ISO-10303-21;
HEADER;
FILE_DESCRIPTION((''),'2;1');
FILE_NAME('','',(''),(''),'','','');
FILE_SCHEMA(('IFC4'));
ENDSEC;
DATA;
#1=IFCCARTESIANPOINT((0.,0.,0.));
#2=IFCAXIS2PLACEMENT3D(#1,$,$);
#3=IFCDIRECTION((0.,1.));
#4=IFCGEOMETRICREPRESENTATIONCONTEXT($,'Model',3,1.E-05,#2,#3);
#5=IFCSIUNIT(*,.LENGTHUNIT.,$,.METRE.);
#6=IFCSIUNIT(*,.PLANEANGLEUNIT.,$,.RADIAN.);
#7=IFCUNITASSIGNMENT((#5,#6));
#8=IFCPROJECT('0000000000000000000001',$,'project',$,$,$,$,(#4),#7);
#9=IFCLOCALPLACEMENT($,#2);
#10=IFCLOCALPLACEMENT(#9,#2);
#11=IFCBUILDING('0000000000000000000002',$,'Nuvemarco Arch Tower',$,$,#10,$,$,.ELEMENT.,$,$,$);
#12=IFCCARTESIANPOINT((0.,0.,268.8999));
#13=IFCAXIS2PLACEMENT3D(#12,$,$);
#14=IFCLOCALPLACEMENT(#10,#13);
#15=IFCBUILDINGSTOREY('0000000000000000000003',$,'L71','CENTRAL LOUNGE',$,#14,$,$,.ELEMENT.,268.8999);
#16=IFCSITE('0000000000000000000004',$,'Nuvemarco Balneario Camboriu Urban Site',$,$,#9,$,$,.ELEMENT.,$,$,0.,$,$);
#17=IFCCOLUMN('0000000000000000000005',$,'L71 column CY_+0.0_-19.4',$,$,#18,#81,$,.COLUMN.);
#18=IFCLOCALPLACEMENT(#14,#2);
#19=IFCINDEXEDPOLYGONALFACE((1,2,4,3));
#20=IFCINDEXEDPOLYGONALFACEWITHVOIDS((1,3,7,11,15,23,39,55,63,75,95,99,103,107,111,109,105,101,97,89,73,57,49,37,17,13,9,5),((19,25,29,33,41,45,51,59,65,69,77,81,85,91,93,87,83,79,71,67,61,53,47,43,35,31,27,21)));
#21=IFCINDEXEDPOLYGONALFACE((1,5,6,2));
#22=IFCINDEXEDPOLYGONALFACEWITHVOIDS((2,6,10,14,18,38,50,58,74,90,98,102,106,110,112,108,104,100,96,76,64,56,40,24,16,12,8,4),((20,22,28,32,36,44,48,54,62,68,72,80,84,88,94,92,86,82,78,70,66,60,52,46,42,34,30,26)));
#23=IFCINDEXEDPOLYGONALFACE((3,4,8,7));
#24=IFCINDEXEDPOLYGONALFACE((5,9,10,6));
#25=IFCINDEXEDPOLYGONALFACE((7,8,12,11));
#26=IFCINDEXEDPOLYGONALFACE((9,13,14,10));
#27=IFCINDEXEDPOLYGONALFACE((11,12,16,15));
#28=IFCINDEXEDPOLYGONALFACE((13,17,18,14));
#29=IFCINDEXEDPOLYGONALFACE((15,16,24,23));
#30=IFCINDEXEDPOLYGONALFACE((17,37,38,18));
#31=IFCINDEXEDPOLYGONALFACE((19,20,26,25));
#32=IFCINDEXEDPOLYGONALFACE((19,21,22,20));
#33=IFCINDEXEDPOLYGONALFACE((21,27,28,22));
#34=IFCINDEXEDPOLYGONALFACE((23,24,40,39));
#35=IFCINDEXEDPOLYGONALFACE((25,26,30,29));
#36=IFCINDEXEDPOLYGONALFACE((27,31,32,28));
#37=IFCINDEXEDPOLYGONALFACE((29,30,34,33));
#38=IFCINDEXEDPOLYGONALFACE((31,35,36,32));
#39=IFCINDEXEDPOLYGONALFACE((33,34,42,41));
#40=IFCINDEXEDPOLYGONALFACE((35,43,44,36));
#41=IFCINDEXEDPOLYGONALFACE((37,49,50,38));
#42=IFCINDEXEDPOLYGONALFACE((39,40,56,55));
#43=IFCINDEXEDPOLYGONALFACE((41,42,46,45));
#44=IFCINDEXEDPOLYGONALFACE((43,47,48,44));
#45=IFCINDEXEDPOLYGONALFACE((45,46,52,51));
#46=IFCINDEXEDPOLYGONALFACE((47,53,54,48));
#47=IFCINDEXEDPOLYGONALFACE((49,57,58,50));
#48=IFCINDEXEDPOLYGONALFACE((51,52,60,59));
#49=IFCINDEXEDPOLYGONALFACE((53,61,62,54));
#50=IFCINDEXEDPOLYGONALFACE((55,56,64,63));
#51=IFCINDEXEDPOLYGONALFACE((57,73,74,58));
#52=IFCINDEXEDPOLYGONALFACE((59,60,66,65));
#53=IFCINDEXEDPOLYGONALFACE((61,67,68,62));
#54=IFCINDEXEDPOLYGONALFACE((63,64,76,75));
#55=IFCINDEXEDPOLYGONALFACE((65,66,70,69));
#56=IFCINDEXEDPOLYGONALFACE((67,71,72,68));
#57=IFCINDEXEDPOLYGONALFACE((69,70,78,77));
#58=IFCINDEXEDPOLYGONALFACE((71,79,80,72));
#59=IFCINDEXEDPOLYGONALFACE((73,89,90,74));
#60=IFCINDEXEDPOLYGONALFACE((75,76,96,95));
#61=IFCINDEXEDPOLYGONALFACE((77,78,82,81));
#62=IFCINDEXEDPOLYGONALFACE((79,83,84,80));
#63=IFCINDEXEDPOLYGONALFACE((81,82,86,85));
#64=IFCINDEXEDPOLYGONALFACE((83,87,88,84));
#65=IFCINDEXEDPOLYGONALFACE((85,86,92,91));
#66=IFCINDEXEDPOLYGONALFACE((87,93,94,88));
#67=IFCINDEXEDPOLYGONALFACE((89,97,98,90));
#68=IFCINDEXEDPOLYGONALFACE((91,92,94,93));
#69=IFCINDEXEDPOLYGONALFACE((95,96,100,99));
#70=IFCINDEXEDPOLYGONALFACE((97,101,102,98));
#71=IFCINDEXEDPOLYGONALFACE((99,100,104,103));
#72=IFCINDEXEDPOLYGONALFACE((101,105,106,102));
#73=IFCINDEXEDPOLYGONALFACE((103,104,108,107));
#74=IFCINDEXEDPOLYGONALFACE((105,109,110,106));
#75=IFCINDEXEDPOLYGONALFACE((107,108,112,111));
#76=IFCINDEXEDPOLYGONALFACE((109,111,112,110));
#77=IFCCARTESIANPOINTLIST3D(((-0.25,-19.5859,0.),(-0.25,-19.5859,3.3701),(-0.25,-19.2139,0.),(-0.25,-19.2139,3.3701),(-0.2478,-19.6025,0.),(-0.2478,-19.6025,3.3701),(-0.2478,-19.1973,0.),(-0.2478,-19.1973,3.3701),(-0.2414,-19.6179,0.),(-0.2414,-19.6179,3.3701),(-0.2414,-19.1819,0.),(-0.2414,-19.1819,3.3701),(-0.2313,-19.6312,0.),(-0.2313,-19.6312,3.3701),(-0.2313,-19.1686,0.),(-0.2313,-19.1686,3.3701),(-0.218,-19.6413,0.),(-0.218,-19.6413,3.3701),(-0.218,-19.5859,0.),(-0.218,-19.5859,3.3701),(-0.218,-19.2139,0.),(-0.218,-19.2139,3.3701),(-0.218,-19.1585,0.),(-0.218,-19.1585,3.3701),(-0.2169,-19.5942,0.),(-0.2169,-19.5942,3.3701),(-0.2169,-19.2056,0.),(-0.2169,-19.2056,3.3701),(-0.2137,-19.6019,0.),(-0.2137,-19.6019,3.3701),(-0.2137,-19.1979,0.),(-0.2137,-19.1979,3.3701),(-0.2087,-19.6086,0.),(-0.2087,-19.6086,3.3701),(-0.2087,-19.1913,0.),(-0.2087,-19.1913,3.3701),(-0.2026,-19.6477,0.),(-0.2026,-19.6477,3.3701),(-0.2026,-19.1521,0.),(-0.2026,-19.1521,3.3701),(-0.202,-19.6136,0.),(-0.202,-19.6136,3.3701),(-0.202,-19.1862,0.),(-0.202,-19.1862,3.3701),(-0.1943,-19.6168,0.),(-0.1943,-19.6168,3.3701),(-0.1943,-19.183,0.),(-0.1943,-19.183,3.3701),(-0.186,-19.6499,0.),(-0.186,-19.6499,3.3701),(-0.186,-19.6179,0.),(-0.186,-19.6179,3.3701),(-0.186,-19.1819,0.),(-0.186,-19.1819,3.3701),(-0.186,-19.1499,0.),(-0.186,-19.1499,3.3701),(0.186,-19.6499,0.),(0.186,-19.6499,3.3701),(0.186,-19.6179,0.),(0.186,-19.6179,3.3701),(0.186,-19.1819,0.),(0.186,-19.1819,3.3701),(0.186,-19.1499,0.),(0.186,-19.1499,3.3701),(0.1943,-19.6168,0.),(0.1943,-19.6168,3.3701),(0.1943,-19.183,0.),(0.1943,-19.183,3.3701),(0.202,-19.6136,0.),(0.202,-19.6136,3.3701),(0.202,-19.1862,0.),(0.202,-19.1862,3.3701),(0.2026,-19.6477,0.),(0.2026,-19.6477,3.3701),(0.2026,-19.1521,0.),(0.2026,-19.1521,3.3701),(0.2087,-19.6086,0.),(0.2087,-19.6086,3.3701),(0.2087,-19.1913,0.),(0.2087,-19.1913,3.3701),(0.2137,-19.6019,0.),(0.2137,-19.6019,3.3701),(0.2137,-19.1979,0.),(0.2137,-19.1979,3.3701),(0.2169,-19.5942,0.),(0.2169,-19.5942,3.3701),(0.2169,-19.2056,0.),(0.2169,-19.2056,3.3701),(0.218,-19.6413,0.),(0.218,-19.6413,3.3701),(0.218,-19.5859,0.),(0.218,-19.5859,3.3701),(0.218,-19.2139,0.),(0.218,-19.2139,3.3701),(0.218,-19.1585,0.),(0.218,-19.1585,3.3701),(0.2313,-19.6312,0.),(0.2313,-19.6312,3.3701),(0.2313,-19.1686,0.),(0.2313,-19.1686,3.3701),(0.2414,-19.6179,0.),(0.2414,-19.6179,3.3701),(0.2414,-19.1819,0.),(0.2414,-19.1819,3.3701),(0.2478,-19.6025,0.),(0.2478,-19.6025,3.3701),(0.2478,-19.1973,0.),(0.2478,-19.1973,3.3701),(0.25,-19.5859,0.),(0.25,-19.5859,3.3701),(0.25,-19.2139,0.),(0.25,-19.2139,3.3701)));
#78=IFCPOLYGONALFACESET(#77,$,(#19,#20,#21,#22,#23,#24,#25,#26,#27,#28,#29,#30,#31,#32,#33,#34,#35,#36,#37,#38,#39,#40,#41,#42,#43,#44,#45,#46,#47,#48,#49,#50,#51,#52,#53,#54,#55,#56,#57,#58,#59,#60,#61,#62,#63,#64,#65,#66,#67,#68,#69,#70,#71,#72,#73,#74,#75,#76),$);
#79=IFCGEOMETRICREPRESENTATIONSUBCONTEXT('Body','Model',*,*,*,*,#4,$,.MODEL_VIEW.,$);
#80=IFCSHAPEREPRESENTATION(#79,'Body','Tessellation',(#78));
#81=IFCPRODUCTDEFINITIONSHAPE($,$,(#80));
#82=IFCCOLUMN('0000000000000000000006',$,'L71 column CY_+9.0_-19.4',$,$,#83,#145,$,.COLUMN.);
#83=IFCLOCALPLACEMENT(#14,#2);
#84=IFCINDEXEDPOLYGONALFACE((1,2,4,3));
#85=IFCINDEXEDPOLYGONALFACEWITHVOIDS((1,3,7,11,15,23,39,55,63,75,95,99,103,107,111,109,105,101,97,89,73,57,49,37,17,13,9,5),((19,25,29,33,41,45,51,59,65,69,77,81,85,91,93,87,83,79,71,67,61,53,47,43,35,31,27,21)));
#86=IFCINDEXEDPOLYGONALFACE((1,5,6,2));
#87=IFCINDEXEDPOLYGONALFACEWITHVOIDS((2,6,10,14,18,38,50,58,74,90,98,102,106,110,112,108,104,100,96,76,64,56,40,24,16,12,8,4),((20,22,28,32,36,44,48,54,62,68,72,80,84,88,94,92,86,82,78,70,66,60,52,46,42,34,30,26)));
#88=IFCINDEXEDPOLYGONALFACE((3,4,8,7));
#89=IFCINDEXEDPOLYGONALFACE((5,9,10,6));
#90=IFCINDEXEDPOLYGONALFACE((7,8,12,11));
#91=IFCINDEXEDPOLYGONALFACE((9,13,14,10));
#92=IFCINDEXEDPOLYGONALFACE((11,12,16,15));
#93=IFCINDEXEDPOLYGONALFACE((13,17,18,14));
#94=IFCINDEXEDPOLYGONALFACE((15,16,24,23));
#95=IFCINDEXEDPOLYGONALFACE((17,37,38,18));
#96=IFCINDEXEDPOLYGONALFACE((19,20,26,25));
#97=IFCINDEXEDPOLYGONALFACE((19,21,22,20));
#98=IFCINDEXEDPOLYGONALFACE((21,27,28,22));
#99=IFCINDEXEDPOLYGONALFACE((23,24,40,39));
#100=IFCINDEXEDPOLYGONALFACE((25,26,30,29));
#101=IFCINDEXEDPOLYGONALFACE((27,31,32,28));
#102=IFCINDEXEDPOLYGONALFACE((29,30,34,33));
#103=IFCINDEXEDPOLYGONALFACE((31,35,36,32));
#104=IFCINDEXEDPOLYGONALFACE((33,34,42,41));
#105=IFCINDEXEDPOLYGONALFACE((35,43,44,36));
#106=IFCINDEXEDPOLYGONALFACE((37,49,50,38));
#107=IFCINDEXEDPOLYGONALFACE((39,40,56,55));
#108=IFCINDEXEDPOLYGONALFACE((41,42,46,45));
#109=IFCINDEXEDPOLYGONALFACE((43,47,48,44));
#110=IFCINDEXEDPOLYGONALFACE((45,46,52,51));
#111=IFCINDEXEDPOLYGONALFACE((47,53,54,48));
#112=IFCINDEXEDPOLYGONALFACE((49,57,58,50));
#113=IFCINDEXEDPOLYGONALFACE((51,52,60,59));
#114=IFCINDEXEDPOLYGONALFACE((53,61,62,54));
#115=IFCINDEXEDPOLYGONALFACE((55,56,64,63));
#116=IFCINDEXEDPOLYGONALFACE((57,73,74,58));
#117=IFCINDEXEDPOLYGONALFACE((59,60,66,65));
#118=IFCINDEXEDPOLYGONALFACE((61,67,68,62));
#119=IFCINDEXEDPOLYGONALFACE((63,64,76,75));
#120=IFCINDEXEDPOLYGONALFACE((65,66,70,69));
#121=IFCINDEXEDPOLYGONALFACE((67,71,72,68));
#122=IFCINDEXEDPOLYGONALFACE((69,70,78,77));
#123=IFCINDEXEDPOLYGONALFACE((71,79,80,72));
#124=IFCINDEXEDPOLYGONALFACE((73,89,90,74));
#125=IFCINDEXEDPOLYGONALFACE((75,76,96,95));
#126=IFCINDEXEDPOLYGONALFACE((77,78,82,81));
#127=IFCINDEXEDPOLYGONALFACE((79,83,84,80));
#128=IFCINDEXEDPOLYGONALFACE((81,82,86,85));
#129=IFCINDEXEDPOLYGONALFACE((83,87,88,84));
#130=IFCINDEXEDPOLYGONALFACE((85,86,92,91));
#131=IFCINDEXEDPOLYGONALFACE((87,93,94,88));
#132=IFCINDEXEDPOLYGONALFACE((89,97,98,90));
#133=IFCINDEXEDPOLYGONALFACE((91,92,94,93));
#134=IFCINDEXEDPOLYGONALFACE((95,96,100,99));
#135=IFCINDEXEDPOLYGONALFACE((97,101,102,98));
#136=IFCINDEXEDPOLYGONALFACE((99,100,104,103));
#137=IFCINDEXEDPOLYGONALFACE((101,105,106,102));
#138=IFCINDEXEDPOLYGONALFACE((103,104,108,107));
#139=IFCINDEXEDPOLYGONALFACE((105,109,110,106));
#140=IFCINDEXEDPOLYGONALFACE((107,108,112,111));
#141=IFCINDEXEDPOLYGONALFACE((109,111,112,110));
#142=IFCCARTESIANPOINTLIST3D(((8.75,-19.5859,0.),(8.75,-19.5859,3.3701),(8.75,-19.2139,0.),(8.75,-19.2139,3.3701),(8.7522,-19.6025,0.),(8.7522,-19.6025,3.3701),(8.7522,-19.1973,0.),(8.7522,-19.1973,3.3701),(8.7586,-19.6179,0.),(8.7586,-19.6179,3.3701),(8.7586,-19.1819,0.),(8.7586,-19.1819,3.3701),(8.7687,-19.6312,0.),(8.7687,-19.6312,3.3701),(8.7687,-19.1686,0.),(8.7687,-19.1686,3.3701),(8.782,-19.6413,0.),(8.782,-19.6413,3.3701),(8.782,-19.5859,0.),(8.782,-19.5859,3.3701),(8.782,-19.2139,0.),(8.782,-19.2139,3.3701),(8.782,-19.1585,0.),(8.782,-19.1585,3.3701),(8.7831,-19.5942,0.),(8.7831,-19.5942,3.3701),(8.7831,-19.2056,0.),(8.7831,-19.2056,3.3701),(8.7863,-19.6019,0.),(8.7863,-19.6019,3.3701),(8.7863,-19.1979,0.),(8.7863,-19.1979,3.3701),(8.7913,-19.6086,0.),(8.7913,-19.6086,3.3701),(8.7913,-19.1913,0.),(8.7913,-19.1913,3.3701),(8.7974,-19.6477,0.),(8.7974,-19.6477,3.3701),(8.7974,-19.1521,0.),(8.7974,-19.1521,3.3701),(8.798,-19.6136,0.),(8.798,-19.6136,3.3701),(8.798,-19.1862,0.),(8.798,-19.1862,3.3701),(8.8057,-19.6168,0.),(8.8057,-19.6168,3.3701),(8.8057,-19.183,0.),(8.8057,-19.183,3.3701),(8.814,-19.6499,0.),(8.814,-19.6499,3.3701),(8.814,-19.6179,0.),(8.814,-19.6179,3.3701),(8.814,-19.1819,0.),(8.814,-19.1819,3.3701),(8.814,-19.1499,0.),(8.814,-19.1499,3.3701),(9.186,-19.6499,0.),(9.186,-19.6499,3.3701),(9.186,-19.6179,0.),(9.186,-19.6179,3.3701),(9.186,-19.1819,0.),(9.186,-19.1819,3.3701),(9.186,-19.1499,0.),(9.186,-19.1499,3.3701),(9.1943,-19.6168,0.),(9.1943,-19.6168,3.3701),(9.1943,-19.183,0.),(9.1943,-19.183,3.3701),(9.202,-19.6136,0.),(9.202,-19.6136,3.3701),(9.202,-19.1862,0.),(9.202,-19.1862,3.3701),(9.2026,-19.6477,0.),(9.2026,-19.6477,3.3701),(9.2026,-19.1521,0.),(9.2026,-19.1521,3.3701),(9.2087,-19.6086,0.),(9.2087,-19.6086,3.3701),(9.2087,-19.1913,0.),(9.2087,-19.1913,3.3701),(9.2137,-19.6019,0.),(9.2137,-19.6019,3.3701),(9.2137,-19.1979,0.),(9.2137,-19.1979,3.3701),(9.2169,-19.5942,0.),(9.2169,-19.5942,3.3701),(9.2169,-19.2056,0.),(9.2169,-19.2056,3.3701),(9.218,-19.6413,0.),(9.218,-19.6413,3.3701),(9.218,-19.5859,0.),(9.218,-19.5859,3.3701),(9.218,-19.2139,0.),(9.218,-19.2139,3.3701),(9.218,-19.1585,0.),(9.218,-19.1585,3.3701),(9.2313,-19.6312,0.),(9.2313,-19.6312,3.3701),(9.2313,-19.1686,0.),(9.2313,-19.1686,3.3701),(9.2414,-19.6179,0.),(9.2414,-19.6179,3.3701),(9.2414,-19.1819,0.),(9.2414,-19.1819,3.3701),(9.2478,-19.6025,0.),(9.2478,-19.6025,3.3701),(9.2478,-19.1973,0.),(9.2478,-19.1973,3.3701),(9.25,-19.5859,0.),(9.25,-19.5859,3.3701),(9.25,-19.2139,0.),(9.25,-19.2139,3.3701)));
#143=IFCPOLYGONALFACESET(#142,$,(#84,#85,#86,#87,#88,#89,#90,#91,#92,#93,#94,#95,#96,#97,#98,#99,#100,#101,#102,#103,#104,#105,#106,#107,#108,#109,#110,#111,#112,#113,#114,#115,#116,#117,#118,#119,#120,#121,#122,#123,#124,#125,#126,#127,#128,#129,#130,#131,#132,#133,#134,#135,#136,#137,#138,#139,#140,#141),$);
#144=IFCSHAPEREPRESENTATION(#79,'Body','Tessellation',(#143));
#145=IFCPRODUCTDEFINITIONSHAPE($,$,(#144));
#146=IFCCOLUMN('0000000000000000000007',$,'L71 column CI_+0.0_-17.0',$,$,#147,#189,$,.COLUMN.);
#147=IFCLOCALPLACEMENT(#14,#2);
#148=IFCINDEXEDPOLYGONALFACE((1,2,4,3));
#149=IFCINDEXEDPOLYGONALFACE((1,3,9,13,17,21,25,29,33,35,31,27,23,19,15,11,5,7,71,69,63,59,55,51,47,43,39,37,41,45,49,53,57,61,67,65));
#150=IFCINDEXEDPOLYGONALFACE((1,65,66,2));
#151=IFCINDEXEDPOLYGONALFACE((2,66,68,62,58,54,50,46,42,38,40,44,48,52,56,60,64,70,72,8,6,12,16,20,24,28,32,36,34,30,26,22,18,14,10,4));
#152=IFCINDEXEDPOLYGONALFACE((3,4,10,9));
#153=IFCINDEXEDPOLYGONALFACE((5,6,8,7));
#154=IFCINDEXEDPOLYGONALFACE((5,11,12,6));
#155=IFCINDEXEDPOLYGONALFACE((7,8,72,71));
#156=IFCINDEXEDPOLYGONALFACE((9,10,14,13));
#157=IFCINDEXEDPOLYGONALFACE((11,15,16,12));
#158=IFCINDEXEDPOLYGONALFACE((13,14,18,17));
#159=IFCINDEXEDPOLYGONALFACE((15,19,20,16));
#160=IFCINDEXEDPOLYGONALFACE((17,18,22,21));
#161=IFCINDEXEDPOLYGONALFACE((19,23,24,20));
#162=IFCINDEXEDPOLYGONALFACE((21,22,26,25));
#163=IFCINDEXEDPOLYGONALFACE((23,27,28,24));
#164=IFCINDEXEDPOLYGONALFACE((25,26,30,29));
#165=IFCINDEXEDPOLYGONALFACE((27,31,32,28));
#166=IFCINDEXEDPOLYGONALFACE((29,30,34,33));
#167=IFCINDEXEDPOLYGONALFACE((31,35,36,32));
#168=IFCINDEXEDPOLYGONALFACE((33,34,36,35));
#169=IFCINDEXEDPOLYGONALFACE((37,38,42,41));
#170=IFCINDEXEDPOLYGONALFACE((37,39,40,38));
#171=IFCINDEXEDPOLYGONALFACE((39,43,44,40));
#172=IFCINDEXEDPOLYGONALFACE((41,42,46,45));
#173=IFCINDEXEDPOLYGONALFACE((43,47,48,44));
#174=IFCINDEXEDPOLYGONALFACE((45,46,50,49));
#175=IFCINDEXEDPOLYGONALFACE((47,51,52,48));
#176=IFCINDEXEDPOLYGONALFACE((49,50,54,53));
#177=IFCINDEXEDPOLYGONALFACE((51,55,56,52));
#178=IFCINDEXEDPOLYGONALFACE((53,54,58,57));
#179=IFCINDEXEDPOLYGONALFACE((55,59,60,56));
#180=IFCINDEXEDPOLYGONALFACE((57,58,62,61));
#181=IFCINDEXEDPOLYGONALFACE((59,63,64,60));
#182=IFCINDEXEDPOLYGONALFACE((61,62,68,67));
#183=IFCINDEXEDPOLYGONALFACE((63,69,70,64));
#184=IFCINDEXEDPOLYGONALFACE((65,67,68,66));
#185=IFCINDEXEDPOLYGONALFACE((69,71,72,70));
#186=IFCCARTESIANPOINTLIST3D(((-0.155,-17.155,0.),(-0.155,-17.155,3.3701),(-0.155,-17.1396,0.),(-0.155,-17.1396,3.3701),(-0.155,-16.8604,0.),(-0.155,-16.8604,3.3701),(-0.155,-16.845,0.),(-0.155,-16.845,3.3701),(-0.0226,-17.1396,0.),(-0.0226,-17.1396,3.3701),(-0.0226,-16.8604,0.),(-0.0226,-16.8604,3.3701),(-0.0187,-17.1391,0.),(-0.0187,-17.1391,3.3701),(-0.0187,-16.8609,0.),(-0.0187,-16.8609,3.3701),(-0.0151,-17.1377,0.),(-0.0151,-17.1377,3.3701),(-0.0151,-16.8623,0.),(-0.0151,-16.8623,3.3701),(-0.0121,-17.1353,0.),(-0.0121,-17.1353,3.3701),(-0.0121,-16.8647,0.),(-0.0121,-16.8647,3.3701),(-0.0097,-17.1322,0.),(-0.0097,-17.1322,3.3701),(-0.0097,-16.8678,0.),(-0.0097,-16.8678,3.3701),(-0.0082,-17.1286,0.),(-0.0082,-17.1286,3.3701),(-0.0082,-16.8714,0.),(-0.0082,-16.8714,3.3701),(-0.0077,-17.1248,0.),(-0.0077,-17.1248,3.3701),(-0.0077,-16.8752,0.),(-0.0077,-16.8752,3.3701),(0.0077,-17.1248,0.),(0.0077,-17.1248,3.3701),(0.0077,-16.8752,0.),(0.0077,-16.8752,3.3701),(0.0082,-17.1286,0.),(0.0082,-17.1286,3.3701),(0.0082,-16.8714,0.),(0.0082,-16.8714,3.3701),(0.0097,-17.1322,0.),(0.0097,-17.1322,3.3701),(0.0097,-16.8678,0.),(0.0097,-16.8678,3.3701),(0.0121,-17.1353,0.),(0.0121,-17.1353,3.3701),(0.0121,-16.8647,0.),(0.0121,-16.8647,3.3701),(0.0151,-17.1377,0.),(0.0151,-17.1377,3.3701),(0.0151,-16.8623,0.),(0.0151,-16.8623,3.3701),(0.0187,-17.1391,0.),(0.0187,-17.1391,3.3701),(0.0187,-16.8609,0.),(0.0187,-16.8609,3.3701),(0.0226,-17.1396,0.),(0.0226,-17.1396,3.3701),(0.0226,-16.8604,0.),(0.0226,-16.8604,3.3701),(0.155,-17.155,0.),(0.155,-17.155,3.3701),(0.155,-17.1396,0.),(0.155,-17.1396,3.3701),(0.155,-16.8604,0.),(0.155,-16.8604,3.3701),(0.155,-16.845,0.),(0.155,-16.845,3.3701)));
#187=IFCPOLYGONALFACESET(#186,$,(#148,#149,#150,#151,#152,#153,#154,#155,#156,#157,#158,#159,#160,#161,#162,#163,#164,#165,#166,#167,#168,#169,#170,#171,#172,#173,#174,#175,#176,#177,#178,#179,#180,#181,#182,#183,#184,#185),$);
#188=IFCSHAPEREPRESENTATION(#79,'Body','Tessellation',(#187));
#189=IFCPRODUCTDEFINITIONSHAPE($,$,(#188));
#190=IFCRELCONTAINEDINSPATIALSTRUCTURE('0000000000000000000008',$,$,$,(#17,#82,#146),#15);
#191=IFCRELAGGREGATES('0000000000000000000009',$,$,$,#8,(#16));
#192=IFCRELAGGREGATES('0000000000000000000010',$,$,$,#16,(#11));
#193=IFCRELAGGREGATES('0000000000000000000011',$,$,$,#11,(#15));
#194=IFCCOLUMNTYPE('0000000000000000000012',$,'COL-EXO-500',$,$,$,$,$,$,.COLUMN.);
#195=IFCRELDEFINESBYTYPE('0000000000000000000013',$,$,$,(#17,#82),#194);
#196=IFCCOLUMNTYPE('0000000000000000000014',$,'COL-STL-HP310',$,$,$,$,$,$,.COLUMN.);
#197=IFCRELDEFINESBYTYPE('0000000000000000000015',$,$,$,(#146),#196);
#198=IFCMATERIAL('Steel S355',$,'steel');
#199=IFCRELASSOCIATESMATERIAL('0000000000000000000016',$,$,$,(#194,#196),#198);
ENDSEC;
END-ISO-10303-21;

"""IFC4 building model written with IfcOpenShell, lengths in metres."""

from ifc_helpers import new_model, si_unit, direction, frame, origin, origin_2d, place, context, subcontext, project, spatial, hollow_rectangle, i_section, extrude, material, material_profile, profile_set, type_object, element, save


model = new_model("IFC4")

# Units and contexts
model_context = context("Model", 3, precision=1e-05, world=origin(), true_north=direction((0.0, 1.0)))
body_context = subcontext(model_context, "Body", "Model", "MODEL_VIEW")
ifc_project = project(units=[si_unit("LENGTHUNIT", "METRE"), si_unit("PLANEANGLEUNIT", "RADIAN")], contexts=[model_context])

# Site, building, storey
site_placement = place(None, origin())
site = spatial("IfcSite", under=ifc_project, at=site_placement, Name="Nuvemarco Balneario Camboriu Urban Site", CompositionType="ELEMENT", RefElevation=0.0)
building_placement = place(site_placement, origin())
building = spatial("IfcBuilding", under=site, at=building_placement, Name="Nuvemarco Arch Tower", CompositionType="ELEMENT")
storey_placement = place(building_placement, frame((0.0, 0.0, 268.8999)))
storey = spatial("IfcBuildingStorey", under=building, at=storey_placement, Name="L71", Description="CENTRAL LOUNGE", CompositionType="ELEMENT", Elevation=268.8999)

# Columns
ifc_material_1 = material(Name="Steel S355", Category="steel")
ifc_material_profile_1 = material_profile(ifc_material_1, hollow_rectangle(XDim=0.5, YDim=0.5, WallThickness=0.032, InnerFilletRadius=0.032, OuterFilletRadius=0.064, at=origin_2d()), Name="SHS500x500x32")
ifc_profile_set_1 = profile_set([ifc_material_profile_1], Name="Steel S355")
column_type_1 = type_object("IfcColumnType", Name="COL-EXO-500", PredefinedType="COLUMN", material=ifc_profile_set_1)
for number, where, z_axis, x_axis, name in (
    (1, (0.0, -19.3999, 0.0), (0.0, 0.0, 1.0), (1.0, 0.0, 0.0), "L71 column CY_+0.0_-19.4"),
    (2, (9.0, -19.3999, 0.0), (0.0, 0.0, 1.0), (1.0, 0.0, 0.0), "L71 column CY_+9.0_-19.4"),
):
    element("IfcColumn", number, at=place(storey_placement, frame(where, z_axis=z_axis, x_axis=x_axis)), inside=storey, type_object=column_type_1, Name=name, PredefinedType="COLUMN", context=body_context, shape_type="SweptSolid", body=[
        extrude(hollow_rectangle(XDim=0.5, YDim=0.5, WallThickness=0.032, InnerFilletRadius=0.032, OuterFilletRadius=0.064, at=origin_2d()), origin(), (0.0, 0.0, 1.0), 3.3701),
    ])
ifc_material_profile_2 = material_profile(ifc_material_1, i_section(OverallWidth=0.3101, OverallDepth=0.3101, WebThickness=0.0154, FlangeThickness=0.0154, FilletRadius=0.0149, at=origin_2d()), Name="HP310x110")
ifc_profile_set_2 = profile_set([ifc_material_profile_2], Name="Steel S355")
column_type_2 = type_object("IfcColumnType", Name="COL-STL-HP310", PredefinedType="COLUMN", material=ifc_profile_set_2)
for number, where, z_axis, x_axis, name in (
    (3, (0.0, -17.0, 0.0), (0.0, 0.0, 1.0), (1.0, 0.0, 0.0), "L71 column CI_+0.0_-17.0"),
):
    element("IfcColumn", number, at=place(storey_placement, frame(where, z_axis=z_axis, x_axis=x_axis)), inside=storey, type_object=column_type_2, Name=name, PredefinedType="COLUMN", context=body_context, shape_type="SweptSolid", body=[
        extrude(i_section(OverallWidth=0.3101, OverallDepth=0.3101, WebThickness=0.0154, FlangeThickness=0.0154, FilletRadius=0.0149, at=origin_2d()), origin(), (0.0, 0.0, 1.0), 3.3701),
    ])

save(model, "model.ifc")
